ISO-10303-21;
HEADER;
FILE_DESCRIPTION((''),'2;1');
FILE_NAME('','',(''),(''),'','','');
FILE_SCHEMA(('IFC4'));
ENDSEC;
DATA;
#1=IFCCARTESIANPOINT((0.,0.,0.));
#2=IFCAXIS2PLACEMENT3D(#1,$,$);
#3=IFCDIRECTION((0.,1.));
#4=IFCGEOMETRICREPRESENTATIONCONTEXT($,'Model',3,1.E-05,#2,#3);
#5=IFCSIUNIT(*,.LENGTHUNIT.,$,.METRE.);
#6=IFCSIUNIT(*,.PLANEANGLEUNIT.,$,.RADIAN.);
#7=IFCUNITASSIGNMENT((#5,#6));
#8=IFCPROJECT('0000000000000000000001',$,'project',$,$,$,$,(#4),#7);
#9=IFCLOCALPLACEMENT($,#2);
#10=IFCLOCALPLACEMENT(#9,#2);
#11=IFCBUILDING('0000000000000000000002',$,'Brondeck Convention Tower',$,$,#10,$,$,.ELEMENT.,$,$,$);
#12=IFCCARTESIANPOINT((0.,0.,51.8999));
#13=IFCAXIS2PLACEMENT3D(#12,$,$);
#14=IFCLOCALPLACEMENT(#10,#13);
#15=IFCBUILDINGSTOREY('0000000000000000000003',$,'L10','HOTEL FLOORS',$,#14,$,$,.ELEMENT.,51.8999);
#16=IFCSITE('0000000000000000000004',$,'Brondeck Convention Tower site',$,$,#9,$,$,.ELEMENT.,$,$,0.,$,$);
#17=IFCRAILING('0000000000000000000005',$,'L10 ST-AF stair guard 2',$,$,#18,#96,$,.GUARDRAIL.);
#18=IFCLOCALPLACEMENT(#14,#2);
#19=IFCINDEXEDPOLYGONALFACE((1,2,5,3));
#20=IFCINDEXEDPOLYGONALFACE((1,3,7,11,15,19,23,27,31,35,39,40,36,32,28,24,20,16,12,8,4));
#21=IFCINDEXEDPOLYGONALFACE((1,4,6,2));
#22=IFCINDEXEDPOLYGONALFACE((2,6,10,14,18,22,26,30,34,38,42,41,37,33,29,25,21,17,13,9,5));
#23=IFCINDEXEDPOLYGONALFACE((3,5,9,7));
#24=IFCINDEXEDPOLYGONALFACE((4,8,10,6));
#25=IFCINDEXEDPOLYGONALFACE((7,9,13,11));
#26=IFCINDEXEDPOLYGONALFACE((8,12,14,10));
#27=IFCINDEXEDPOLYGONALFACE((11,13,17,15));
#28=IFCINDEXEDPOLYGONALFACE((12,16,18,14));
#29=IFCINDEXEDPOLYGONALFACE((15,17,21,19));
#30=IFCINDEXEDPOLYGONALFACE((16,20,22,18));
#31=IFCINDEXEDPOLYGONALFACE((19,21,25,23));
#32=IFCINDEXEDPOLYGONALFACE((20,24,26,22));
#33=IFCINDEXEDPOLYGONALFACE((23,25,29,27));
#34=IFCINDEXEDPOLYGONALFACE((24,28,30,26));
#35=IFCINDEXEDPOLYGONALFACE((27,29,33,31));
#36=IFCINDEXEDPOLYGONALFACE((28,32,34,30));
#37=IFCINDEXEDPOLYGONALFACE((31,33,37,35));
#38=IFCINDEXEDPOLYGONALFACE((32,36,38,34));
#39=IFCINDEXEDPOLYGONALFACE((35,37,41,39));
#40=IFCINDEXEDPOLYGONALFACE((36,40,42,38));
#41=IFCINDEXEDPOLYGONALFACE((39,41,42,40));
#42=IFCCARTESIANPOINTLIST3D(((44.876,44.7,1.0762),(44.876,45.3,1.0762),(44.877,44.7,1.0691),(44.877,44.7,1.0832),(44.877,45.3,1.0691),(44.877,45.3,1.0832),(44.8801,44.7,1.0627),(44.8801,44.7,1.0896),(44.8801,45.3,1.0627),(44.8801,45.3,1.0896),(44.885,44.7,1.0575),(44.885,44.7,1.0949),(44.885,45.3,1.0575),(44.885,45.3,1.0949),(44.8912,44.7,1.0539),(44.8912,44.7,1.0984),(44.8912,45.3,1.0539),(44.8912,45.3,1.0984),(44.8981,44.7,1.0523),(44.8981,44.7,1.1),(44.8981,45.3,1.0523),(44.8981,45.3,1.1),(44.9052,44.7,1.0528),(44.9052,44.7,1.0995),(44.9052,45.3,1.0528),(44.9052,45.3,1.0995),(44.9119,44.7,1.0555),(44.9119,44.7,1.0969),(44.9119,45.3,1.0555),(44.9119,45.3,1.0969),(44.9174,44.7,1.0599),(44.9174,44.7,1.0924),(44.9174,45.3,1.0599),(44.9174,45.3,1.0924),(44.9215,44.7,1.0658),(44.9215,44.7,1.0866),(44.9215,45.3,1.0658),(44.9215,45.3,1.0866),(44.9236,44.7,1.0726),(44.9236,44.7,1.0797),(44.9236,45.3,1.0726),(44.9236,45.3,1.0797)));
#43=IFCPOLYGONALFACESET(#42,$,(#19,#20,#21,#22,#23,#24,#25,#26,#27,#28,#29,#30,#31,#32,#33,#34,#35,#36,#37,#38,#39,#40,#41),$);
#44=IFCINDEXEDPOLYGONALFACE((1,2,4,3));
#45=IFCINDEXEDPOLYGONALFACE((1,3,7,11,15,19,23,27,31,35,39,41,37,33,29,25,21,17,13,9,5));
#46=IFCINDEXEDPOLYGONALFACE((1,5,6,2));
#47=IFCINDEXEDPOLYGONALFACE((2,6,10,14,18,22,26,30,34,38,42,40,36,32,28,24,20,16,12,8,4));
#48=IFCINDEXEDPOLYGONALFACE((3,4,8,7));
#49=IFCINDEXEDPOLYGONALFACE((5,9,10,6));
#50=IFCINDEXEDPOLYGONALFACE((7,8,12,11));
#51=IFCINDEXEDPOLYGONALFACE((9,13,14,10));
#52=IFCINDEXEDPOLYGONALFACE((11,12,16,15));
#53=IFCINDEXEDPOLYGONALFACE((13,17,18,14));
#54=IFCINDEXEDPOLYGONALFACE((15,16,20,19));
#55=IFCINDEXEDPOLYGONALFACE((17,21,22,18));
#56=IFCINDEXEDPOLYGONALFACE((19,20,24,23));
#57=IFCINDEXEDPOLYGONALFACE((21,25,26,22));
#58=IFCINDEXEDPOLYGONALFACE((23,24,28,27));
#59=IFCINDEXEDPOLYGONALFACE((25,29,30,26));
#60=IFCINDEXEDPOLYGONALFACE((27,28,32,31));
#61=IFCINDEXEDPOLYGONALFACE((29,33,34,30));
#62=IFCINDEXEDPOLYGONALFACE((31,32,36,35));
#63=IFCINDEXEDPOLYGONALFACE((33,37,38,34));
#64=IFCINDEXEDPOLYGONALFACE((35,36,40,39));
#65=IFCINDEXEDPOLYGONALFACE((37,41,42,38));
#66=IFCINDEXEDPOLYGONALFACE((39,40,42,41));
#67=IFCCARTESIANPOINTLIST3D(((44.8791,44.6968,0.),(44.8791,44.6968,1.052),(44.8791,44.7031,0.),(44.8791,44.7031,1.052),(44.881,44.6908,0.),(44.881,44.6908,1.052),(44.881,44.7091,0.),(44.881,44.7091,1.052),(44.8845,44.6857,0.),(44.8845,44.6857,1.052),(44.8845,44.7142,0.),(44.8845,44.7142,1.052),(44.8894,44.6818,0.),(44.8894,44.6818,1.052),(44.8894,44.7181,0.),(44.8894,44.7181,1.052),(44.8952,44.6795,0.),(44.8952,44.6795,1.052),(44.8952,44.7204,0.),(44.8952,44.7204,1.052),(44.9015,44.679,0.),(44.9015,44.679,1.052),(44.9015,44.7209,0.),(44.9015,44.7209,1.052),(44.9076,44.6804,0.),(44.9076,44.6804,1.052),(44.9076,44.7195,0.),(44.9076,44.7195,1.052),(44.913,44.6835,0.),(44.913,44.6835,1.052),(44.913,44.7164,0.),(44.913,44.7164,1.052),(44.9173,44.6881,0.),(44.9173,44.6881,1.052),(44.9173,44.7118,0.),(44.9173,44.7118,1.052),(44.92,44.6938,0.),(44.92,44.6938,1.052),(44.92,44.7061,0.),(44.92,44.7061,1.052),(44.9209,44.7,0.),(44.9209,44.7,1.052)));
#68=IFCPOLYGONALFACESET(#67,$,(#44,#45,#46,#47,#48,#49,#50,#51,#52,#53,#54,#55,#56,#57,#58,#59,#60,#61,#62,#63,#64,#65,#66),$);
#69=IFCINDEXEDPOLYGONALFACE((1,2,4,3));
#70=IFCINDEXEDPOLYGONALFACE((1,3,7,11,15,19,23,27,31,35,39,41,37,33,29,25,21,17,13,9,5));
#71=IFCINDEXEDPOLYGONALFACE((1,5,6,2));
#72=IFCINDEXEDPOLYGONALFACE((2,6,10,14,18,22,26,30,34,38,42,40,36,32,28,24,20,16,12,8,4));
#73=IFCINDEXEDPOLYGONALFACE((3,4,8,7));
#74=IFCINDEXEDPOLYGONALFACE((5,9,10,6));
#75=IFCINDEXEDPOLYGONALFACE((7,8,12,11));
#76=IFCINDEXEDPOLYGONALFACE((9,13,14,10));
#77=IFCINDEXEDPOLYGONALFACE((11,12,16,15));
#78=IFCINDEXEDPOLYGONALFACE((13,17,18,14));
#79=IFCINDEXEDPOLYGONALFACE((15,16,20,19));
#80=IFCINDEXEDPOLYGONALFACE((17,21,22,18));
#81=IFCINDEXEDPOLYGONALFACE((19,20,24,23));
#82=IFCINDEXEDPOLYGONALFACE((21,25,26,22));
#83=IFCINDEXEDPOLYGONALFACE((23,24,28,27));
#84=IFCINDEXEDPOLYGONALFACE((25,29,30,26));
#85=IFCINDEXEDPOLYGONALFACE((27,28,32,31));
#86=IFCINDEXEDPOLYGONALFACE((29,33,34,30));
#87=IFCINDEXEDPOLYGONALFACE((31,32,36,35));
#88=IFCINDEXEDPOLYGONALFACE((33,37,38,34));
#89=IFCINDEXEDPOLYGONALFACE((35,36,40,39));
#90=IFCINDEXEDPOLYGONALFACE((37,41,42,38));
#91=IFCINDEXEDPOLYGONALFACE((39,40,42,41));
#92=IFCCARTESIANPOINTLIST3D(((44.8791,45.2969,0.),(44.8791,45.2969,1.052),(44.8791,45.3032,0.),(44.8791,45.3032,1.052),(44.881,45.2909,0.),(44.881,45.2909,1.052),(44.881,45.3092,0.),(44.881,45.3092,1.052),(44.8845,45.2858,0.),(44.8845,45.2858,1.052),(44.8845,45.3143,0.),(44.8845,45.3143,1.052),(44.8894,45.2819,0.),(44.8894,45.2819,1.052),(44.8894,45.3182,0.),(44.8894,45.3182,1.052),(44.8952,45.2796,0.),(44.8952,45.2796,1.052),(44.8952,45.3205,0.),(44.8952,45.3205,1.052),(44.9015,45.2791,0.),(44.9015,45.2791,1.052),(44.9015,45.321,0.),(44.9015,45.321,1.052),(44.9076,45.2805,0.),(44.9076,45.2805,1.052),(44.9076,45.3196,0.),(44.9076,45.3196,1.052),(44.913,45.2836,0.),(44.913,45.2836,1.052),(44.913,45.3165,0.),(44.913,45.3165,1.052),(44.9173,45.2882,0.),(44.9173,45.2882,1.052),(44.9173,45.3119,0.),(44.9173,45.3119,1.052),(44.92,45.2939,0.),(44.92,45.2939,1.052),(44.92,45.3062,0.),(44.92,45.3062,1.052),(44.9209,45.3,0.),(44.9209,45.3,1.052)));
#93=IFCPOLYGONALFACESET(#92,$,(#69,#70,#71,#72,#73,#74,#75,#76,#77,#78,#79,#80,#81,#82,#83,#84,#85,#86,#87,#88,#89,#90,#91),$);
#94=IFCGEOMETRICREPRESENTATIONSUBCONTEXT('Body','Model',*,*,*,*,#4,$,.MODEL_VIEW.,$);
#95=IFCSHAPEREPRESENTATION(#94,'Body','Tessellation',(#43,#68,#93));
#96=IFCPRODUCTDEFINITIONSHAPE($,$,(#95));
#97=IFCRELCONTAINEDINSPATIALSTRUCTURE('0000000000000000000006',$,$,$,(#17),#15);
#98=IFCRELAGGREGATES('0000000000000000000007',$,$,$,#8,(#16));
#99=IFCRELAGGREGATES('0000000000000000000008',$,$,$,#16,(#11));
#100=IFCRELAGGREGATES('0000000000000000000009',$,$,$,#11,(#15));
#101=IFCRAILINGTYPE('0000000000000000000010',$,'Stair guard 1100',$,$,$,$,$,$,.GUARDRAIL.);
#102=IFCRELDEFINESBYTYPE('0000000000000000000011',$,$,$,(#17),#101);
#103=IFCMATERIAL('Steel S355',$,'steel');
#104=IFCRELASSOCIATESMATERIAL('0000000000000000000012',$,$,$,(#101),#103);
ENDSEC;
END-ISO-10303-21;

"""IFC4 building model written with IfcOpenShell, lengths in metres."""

from ifc_helpers import new_model, si_unit, direction, frame, origin, origin_2d, place, context, subcontext, project, spatial, circle, extrude, material, type_object, element, save


model = new_model("IFC4")

# Units and contexts
model_context = context("Model", 3, precision=1e-05, world=origin(), true_north=direction((0.0, 1.0)))
body_context = subcontext(model_context, "Body", "Model", "MODEL_VIEW")
ifc_project = project(units=[si_unit("LENGTHUNIT", "METRE"), si_unit("PLANEANGLEUNIT", "RADIAN")], contexts=[model_context])

# Site, building, storey
site_placement = place(None, origin())
site = spatial("IfcSite", under=ifc_project, at=site_placement, Name="Brondeck Convention Tower site", CompositionType="ELEMENT", RefElevation=0.0)
building_placement = place(site_placement, origin())
building = spatial("IfcBuilding", under=site, at=building_placement, Name="Brondeck Convention Tower", CompositionType="ELEMENT")
storey_placement = place(building_placement, frame((0.0, 0.0, 51.8999)))
storey = spatial("IfcBuildingStorey", under=building, at=storey_placement, Name="L10", Description="HOTEL FLOORS", CompositionType="ELEMENT", Elevation=51.8999)

# Shared definitions
ifc_material_1 = material(Name="Steel S355", Category="steel")

# Railing
railing_type_1 = type_object("IfcRailingType", Name="Stair guard 1100", PredefinedType="GUARDRAIL", material=ifc_material_1)
railing_1_placement = place(storey_placement, frame((44.8999, 44.7, 0.0)))
element("IfcRailing", 1, at=railing_1_placement, inside=storey, type_object=railing_type_1, Name="L10 ST-AF stair guard 2", PredefinedType="GUARDRAIL", context=body_context, shape_type="SweptSolid", body=[
    extrude(circle(Radius=0.0239, at=origin_2d()), frame((0.0, 0.0, 1.0762), z_axis=(0.0, 1.0, 0.0), x_axis=(-1.0, 0.0, 0.0)), (0.0, 0.0, 1.0), 0.6001),
    extrude(circle(Radius=0.021, at=origin_2d()), origin(), (0.0, 0.0, 1.0), 1.052),
    extrude(circle(Radius=0.021, at=origin_2d()), frame((0.0, 0.6001, 0.0)), (0.0, 0.0, 1.0), 1.052),
])

save(model, "model.ifc")
